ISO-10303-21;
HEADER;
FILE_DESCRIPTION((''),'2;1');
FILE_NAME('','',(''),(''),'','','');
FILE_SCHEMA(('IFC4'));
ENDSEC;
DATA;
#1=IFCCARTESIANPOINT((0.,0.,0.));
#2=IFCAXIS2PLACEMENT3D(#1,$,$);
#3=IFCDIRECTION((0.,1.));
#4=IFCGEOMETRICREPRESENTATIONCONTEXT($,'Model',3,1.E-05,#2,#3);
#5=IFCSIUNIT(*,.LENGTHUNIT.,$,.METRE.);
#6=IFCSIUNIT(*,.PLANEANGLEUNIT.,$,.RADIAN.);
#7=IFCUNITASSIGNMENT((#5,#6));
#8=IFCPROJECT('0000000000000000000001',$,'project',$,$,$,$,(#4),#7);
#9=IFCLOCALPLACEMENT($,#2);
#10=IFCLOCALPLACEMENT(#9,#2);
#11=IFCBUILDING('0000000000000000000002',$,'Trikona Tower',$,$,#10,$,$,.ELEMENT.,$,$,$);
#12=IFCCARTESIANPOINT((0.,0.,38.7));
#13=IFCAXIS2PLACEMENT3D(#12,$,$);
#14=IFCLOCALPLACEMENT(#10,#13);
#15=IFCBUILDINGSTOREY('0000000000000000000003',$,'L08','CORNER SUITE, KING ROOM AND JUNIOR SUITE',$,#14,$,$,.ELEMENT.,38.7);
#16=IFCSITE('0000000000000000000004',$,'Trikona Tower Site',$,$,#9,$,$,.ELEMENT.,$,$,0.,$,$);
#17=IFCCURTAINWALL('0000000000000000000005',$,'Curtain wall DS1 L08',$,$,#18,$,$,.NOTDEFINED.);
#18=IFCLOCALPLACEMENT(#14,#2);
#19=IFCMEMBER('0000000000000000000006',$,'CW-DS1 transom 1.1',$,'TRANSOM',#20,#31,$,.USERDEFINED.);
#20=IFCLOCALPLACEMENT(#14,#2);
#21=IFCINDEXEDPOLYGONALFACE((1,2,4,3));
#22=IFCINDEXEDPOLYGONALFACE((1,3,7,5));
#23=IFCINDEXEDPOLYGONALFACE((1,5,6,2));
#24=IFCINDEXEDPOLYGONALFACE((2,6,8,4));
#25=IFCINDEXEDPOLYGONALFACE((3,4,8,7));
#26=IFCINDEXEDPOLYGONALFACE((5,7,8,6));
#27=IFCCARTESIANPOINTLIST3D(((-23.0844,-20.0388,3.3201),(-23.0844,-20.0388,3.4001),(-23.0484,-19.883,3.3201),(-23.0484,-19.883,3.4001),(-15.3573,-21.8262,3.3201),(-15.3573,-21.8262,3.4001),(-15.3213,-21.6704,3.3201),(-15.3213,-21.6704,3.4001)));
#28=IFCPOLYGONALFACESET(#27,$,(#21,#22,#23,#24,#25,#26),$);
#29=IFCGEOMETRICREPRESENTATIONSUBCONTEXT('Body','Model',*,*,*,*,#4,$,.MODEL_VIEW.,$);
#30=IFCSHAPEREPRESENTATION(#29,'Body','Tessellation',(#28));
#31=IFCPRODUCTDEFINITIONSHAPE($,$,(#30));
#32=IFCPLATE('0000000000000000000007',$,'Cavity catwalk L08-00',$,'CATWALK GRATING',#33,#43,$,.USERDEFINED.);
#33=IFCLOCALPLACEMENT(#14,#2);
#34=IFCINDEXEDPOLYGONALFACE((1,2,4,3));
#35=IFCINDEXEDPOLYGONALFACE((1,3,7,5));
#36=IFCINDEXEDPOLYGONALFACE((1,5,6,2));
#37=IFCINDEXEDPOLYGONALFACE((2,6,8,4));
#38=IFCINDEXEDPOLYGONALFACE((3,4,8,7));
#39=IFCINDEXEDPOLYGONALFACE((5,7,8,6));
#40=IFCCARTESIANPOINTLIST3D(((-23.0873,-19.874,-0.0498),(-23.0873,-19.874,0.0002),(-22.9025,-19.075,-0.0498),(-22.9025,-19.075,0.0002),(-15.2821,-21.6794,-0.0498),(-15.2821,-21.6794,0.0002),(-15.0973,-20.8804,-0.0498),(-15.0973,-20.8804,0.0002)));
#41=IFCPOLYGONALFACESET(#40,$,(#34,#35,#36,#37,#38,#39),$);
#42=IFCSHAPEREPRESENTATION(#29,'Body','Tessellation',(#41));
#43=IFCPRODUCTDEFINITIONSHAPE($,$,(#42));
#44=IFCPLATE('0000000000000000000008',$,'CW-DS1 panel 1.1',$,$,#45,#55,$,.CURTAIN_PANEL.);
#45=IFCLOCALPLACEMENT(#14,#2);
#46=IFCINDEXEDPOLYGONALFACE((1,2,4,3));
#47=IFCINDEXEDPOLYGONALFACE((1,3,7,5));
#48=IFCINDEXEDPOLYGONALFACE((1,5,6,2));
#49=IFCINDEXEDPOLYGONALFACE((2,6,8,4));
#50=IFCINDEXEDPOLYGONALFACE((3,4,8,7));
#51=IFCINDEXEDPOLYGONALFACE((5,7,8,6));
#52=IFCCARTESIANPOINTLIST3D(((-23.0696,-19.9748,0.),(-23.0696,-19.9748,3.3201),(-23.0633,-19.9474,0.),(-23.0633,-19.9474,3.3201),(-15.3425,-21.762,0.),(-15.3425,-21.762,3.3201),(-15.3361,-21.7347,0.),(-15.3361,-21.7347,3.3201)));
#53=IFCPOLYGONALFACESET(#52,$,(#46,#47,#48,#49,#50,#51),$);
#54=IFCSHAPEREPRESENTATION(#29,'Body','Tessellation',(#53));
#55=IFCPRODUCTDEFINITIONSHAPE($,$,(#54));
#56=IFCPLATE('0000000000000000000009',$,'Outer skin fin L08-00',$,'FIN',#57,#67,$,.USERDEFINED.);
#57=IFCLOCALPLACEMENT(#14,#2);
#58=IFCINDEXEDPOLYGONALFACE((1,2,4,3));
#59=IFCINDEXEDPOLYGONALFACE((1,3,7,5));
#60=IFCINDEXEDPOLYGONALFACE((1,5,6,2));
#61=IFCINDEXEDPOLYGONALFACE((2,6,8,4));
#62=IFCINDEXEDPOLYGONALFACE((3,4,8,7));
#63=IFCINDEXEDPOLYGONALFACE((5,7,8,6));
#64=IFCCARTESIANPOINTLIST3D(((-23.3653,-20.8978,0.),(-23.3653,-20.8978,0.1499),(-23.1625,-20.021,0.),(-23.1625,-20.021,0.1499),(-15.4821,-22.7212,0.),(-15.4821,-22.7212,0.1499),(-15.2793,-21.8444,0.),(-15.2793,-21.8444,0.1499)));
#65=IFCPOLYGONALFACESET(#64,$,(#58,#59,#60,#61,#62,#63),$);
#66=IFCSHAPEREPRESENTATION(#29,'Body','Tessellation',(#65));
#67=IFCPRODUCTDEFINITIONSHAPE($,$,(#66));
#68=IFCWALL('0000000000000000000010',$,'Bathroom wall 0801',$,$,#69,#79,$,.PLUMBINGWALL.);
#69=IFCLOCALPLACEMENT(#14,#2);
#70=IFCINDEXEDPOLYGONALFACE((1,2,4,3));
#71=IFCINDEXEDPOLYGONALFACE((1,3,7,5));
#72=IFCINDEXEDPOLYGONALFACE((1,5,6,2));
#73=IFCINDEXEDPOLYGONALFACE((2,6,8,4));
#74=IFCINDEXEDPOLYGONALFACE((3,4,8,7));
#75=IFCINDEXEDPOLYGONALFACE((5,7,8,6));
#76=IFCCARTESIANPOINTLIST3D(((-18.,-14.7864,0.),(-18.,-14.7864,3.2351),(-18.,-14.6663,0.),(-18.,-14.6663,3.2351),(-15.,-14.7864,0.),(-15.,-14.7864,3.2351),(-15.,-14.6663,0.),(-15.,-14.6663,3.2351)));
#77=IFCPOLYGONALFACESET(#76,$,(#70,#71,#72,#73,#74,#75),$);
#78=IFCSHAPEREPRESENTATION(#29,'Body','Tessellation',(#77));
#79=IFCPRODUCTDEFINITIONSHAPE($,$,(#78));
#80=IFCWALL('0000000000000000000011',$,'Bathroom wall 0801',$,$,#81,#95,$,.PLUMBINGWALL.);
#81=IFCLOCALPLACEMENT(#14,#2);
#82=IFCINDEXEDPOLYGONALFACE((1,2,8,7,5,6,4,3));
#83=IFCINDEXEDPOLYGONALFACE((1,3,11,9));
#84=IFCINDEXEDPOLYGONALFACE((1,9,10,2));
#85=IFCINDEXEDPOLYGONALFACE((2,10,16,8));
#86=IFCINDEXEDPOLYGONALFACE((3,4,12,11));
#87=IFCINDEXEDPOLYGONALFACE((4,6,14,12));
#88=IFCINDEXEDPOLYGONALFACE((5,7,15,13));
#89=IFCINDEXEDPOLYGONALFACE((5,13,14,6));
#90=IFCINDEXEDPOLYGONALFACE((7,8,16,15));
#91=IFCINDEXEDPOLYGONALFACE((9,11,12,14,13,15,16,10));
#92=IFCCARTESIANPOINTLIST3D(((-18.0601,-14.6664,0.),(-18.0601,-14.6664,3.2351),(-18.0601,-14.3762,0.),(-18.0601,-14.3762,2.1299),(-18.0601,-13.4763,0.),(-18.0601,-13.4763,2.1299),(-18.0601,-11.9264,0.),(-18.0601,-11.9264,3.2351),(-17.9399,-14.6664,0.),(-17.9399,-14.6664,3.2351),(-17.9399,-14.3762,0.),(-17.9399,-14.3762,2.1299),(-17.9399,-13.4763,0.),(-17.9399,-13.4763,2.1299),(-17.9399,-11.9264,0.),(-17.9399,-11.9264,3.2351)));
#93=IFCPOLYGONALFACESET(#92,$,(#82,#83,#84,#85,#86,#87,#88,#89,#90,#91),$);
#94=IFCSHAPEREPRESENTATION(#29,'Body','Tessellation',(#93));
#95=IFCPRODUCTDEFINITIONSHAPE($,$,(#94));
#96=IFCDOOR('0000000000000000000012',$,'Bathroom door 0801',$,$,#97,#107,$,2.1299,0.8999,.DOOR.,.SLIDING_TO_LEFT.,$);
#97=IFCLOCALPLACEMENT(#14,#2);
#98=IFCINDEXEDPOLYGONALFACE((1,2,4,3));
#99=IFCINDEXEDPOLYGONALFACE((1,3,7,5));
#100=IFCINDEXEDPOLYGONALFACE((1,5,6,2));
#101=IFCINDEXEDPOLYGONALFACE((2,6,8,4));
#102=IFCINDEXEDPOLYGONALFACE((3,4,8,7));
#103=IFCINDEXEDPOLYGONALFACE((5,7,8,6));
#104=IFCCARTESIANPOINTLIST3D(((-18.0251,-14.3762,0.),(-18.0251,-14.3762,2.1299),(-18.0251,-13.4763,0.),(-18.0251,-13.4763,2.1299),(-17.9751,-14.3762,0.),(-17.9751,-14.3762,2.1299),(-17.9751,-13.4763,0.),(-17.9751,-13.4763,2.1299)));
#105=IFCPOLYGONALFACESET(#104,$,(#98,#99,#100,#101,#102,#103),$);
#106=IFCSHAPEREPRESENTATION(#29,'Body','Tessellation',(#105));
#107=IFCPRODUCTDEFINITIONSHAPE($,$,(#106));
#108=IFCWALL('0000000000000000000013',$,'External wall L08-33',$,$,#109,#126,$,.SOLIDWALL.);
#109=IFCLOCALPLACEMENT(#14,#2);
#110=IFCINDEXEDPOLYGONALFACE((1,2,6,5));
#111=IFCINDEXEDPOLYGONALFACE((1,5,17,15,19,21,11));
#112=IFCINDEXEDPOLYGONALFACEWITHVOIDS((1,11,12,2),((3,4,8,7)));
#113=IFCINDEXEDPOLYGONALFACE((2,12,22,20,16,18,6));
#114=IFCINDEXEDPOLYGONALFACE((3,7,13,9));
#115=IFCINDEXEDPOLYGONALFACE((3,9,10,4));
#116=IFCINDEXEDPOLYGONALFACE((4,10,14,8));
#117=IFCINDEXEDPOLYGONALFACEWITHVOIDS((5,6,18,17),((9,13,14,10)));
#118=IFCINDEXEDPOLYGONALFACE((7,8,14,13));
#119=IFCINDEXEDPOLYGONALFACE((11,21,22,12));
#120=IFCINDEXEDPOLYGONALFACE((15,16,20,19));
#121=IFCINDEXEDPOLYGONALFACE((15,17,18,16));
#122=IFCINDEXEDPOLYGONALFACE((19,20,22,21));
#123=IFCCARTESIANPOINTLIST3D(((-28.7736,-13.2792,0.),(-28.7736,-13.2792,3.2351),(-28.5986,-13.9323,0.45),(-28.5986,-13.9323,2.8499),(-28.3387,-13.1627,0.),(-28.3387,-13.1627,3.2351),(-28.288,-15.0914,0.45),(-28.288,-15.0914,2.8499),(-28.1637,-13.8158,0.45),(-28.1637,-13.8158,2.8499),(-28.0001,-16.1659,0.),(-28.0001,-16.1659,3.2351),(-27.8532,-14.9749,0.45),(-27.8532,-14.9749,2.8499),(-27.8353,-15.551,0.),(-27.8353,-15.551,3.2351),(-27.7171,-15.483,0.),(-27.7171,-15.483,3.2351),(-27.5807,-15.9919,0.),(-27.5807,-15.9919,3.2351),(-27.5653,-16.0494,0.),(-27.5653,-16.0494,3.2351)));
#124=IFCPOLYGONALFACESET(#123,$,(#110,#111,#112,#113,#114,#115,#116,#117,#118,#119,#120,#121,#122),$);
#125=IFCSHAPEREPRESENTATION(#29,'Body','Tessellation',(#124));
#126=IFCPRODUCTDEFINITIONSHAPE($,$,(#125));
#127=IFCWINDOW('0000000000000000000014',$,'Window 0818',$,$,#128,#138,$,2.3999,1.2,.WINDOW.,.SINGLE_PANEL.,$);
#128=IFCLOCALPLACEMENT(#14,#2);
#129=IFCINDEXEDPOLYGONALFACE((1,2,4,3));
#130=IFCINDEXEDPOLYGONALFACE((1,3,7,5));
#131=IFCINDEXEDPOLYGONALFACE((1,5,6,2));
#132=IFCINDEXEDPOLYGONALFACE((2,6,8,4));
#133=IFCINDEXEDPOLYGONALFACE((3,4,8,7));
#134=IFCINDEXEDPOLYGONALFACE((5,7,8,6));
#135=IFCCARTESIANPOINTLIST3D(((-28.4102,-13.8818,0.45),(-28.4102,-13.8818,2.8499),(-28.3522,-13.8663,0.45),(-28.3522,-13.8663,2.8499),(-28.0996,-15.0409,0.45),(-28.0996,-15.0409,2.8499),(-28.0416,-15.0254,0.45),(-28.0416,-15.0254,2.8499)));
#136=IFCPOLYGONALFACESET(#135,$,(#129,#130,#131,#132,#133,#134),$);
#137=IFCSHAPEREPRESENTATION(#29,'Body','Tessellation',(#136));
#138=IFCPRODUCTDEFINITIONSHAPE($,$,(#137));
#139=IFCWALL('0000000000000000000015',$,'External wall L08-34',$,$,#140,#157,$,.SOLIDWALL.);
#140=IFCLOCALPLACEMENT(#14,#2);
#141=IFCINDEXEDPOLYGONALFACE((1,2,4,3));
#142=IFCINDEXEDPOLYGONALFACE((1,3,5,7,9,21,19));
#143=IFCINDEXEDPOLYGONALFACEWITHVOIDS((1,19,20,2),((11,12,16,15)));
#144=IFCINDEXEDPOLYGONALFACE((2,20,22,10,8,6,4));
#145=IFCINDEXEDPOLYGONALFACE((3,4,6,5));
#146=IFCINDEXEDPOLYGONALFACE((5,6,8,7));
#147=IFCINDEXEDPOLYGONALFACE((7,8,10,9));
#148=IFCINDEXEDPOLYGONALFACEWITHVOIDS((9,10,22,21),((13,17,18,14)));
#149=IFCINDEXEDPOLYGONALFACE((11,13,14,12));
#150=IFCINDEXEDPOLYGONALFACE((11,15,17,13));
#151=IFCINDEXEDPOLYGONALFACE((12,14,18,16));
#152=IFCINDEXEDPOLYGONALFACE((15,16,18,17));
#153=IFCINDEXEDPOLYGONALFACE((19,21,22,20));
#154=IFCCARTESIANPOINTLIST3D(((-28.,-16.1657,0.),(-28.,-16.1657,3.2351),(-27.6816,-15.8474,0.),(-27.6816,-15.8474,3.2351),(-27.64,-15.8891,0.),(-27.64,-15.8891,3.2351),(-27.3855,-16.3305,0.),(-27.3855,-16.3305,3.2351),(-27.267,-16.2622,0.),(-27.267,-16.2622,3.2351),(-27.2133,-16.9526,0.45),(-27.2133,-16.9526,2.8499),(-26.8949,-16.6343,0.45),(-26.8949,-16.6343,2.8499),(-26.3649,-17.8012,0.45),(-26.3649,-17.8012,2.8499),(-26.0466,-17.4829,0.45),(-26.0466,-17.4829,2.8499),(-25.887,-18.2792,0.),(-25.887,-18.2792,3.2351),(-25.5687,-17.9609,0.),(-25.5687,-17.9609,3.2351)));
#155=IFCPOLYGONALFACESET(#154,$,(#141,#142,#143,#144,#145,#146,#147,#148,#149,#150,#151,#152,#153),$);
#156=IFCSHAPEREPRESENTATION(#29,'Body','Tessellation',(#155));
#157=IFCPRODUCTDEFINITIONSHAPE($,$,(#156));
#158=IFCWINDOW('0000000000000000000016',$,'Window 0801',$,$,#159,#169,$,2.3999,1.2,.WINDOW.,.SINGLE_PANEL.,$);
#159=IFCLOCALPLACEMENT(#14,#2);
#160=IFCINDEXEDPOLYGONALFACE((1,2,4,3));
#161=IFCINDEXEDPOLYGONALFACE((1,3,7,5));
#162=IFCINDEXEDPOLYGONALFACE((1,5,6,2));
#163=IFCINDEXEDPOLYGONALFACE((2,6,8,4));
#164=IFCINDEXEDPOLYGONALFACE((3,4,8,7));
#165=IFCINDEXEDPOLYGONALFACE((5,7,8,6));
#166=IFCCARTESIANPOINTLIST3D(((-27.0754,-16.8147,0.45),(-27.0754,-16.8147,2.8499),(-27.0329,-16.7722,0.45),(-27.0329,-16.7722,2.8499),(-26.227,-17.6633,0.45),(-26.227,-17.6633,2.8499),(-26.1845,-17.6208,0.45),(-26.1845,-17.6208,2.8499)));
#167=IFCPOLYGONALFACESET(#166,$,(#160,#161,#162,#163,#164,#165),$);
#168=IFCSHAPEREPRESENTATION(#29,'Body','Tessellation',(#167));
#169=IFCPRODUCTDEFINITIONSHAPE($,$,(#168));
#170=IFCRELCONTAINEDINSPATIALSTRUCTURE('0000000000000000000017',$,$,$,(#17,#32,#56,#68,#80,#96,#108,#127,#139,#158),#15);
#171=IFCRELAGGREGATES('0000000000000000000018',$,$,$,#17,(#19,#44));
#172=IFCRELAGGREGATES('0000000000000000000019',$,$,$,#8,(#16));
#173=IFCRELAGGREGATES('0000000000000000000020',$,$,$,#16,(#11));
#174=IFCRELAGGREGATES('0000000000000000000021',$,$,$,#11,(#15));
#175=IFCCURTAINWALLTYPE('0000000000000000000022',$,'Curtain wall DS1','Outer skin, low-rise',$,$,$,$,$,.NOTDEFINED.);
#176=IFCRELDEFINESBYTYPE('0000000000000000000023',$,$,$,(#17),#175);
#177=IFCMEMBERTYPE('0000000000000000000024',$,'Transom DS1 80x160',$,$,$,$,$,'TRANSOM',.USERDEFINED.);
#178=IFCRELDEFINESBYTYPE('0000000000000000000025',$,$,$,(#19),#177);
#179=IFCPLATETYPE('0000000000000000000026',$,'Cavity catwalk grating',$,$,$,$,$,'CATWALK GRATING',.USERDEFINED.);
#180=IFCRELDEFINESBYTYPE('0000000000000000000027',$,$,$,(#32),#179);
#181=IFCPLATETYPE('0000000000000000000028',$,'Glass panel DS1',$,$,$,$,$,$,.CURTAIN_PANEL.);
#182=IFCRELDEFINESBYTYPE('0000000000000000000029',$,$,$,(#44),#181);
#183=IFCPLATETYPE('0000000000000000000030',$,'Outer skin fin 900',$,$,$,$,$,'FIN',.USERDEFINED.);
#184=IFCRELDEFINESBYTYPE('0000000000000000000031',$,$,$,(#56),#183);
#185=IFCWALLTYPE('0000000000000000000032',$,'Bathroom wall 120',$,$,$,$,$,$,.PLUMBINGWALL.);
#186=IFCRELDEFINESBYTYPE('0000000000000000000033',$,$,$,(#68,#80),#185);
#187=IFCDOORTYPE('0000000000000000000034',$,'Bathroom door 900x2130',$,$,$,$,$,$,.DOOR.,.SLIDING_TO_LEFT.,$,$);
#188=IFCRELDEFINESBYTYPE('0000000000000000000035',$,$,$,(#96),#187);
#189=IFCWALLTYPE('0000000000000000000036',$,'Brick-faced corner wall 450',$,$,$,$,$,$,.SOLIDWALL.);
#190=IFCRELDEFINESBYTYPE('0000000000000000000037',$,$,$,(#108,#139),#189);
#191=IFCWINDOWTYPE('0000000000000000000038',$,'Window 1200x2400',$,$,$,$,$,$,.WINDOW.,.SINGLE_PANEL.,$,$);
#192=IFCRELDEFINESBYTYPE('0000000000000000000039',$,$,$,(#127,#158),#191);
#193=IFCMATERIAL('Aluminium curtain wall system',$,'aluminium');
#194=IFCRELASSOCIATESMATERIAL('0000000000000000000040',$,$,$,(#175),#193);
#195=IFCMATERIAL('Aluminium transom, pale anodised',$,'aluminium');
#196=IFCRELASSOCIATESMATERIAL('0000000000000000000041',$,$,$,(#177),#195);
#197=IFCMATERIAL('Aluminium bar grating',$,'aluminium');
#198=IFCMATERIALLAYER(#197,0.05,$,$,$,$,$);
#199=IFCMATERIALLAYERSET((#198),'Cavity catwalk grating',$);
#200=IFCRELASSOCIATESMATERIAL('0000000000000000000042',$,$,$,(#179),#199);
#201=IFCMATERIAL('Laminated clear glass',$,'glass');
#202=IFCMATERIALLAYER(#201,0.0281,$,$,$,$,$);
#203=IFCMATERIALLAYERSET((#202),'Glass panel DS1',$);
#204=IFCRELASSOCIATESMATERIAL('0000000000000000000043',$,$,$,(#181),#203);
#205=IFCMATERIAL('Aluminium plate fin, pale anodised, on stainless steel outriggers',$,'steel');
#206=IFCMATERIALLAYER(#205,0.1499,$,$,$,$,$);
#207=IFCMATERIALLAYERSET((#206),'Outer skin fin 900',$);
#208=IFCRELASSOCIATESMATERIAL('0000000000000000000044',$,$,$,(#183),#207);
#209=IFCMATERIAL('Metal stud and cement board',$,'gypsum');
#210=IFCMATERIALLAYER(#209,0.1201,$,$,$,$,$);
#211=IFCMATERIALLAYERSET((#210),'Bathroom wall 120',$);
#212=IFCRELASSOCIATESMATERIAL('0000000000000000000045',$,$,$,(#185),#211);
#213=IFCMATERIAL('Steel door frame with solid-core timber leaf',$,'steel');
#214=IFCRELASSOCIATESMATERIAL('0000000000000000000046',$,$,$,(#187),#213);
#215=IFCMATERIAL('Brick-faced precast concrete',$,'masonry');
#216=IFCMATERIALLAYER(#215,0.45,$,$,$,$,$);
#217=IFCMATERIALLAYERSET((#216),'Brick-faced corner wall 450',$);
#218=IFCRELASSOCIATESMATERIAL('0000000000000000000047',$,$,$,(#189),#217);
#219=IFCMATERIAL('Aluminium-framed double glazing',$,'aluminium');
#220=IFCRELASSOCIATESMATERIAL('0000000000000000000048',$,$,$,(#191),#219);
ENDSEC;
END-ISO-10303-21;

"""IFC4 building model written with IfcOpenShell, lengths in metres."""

from ifc_helpers import new_model, si_unit, direction, frame, frame_2d, origin, origin_2d, place, context, subcontext, project, spatial, polyline, rectangle, outline, extrude, material, layer, layer_set, material_profile, profile_set, type_object, element, fill, aggregate, save


model = new_model("IFC4")

# Units and contexts
model_context = context("Model", 3, precision=1e-05, world=origin(), true_north=direction((0.0, 1.0)))
body_context = subcontext(model_context, "Body", "Model", "MODEL_VIEW")
ifc_project = project(units=[si_unit("LENGTHUNIT", "METRE"), si_unit("PLANEANGLEUNIT", "RADIAN")], contexts=[model_context])

# Site, building, storey
site_placement = place(None, origin())
site = spatial("IfcSite", under=ifc_project, at=site_placement, Name="Trikona Tower Site", CompositionType="ELEMENT", RefElevation=0.0)
building_placement = place(site_placement, origin())
building = spatial("IfcBuilding", under=site, at=building_placement, Name="Trikona Tower", CompositionType="ELEMENT")
storey_placement = place(building_placement, frame((0.0, 0.0, 38.7)))
storey = spatial("IfcBuildingStorey", under=building, at=storey_placement, Name="L08", Description="CORNER SUITE, KING ROOM AND JUNIOR SUITE", CompositionType="ELEMENT", Elevation=38.7)

# Curtain wall
ifc_material_1 = material(Name="Aluminium curtain wall system", Category="aluminium")
curtain_wall_type = type_object("IfcCurtainWallType", Name="Curtain wall DS1", Description="Outer skin, low-rise", PredefinedType="NOTDEFINED", material=ifc_material_1)
curtain_wall_1_placement = place(storey_placement, origin())
curtain_wall_1 = element("IfcCurtainWall", 1, at=curtain_wall_1_placement, inside=storey, type_object=curtain_wall_type, Name="Curtain wall DS1 L08", PredefinedType="NOTDEFINED")

# Member
ifc_material_2 = material(Name="Aluminium transom, pale anodised", Category="aluminium")
ifc_material_profile_1 = material_profile(ifc_material_2, rectangle(XDim=0.1599, YDim=0.0801, at=origin_2d()), Name="TRN-DS1")
ifc_profile_set_1 = profile_set([ifc_material_profile_1], Name="Aluminium transom, pale anodised")
member_type_1 = type_object("IfcMemberType", Name="Transom DS1 80x160", ElementType="TRANSOM", PredefinedType="USERDEFINED", material=ifc_profile_set_1)
member_1_placement = place(storey_placement, frame((-23.0664, -19.9609, 3.3601), z_axis=(0.974275, -0.225361, 0.0), x_axis=(0.225361, 0.974275, 0.0)))
member_1 = element("IfcMember", 2, at=member_1_placement, type_object=member_type_1, Name="CW-DS1 transom 1.1", ObjectType="TRANSOM", PredefinedType="USERDEFINED", context=body_context, shape_type="SweptSolid", body=[
    extrude(rectangle(XDim=0.1599, YDim=0.0801, at=origin_2d()), origin(), (0.0, 0.0, 1.0), 7.9312),
])

# Plates
ifc_material_3 = material(Name="Aluminium bar grating", Category="aluminium")
ifc_layer_1 = layer(ifc_material_3, 0.05)
ifc_layer_set_1 = layer_set([ifc_layer_1], Name="Cavity catwalk grating")
plate_type_1 = type_object("IfcPlateType", Name="Cavity catwalk grating", ElementType="CATWALK GRATING", PredefinedType="USERDEFINED", material=ifc_layer_set_1)
plate_1_placement = place(storey_placement, frame((-19.0923, -20.3772, -0.0498), z_axis=(0.0, 0.0, 1.0), x_axis=(0.974278, -0.225351, 0.0)))
element("IfcPlate", 3, at=plate_1_placement, inside=storey, type_object=plate_type_1, Name="Cavity catwalk L08-00", ObjectType="CATWALK GRATING", PredefinedType="USERDEFINED", context=body_context, shape_type="SweptSolid", body=[
    extrude(rectangle(XDim=8.0112, YDim=0.8201, at=origin_2d()), origin(), (0.0, 0.0, 1.0), 0.05),
])
ifc_material_4 = material(Name="Laminated clear glass", Category="glass")
ifc_layer_2 = layer(ifc_material_4, 0.0281)
ifc_layer_set_2 = layer_set([ifc_layer_2], Name="Glass panel DS1")
plate_type_2 = type_object("IfcPlateType", Name="Glass panel DS1", PredefinedType="CURTAIN_PANEL", material=ifc_layer_set_2)
plate_2_placement = place(storey_placement, frame((-19.2029, -20.8547, 0.0), z_axis=(0.0, 0.0, 1.0), x_axis=(0.974279, -0.225343, 0.0)))
plate_2 = element("IfcPlate", 4, at=plate_2_placement, type_object=plate_type_2, Name="CW-DS1 panel 1.1", PredefinedType="CURTAIN_PANEL", context=body_context, shape_type="SweptSolid", body=[
    extrude(rectangle(XDim=7.9312, YDim=0.0281, at=origin_2d()), origin(), (0.0, 0.0, 1.0), 3.3201),
])
aggregate(curtain_wall_1, [member_1, plate_2])
ifc_material_5 = material(Name="Aluminium plate fin, pale anodised, on stainless steel outriggers", Category="steel")
ifc_layer_3 = layer(ifc_material_5, 0.1499)
ifc_layer_set_3 = layer_set([ifc_layer_3], Name="Outer skin fin 900")
plate_type_3 = type_object("IfcPlateType", Name="Outer skin fin 900", ElementType="FIN", PredefinedType="USERDEFINED", material=ifc_layer_set_3)
plate_3_placement = place(storey_placement, frame((-19.3223, -21.3711, 0.0), z_axis=(0.0, 0.0, 1.0), x_axis=(0.974278, -0.225351, 0.0)))
element("IfcPlate", 5, at=plate_3_placement, inside=storey, type_object=plate_type_3, Name="Outer skin fin L08-00", ObjectType="FIN", PredefinedType="USERDEFINED", context=body_context, shape_type="SweptSolid", body=[
    extrude(rectangle(XDim=8.0913, YDim=0.8999, at=origin_2d()), origin(), (0.0, 0.0, 1.0), 0.1499),
])

# Wall
ifc_material_6 = material(Name="Metal stud and cement board", Category="gypsum")
ifc_layer_4 = layer(ifc_material_6, 0.1201)
ifc_layer_set_4 = layer_set([ifc_layer_4], Name="Bathroom wall 120")
wall_type_1 = type_object("IfcWallType", Name="Bathroom wall 120", PredefinedType="PLUMBINGWALL", material=ifc_layer_set_4)
wall_1_placement = place(storey_placement, frame((-18.0, -14.7263, 0.0), z_axis=(0.0, 0.0, 1.0), x_axis=(1.0, 0.0, 0.0)))
element("IfcWall", 6, at=wall_1_placement, inside=storey, type_object=wall_type_1, Name="Bathroom wall 0801", PredefinedType="PLUMBINGWALL", context=body_context, shape_type="SweptSolid", body=[
    extrude(rectangle(XDim=3.0, YDim=0.1201, at=frame_2d((1.5, 0.0))), origin(), (0.0, 0.0, 1.0), 3.2351),
])

# Wall, opening, door
wall_2_placement = place(storey_placement, frame((-18.0, -11.9263, 0.0), z_axis=(0.0, 0.0, 1.0), x_axis=(0.0, -1.0, 0.0)))
wall_2 = element("IfcWall", 7, at=wall_2_placement, inside=storey, type_object=wall_type_1, Name="Bathroom wall 0801", PredefinedType="PLUMBINGWALL", context=body_context, shape_type="SweptSolid", body=[
    extrude(rectangle(XDim=2.74, YDim=0.1201, at=frame_2d((1.3701, 0.0))), origin(), (0.0, 0.0, 1.0), 3.2351),
])
opening_1_placement = place(wall_2_placement, frame((1.55, 0.0, 0.0)))
opening_1 = element("IfcOpeningElement", 8, at=opening_1_placement, cuts=wall_2, PredefinedType="OPENING", context=body_context, shape_type="SweptSolid", body=[
    extrude(rectangle(XDim=0.8999, YDim=2.1299, at=frame_2d((0.45, 1.0649))), frame((0.0, 0.0701, 0.0), z_axis=(0.0, -1.0, 0.0), x_axis=(1.0, 0.0, 0.0)), (0.0, 0.0, 1.0), 0.1401),
])
ifc_material_7 = material(Name="Steel door frame with solid-core timber leaf", Category="steel")
door_type = type_object("IfcDoorType", Name="Bathroom door 900x2130", OperationType="SLIDING_TO_LEFT", PredefinedType="DOOR", material=ifc_material_7)
door_placement = place(opening_1_placement, origin())
door = element("IfcDoor", 9, at=door_placement, inside=storey, type_object=door_type, Name="Bathroom door 0801", OperationType="SLIDING_TO_LEFT", OverallHeight=2.1299, OverallWidth=0.8999, PredefinedType="DOOR", context=body_context, shape_type="SweptSolid", body=[
    extrude(rectangle(XDim=0.8999, YDim=2.1299, at=frame_2d((0.45, 1.0649))), frame((0.0, 0.0249, 0.0), z_axis=(0.0, -1.0, 0.0), x_axis=(1.0, 0.0, 0.0)), (0.0, 0.0, 1.0), 0.05),
])
fill(opening_1, door)

# Walls, openings, windows
ifc_material_8 = material(Name="Brick-faced precast concrete", Category="masonry")
ifc_layer_5 = layer(ifc_material_8, 0.45)
ifc_layer_set_5 = layer_set([ifc_layer_5], Name="Brick-faced corner wall 450")
wall_type_2 = type_object("IfcWallType", Name="Brick-faced corner wall 450", PredefinedType="SOLIDWALL", material=ifc_layer_set_5)
wall_3_placement = place(storey_placement, frame((-28.5562, -13.2209, 0.0), z_axis=(0.0, 0.0, 1.0), x_axis=(0.258801, -0.965931, 0.0)))
wall_3 = element("IfcWall", 10, at=wall_3_placement, inside=storey, type_object=wall_type_2, Name="External wall L08-33", PredefinedType="SOLIDWALL", context=body_context, shape_type="SweptSolid", body=[
    extrude(outline(polyline([(2.9885, 0.2251), (2.929, 0.2251), (2.4373, 0.0933), (2.4021, 0.2251), (0.0, 0.2251), (0.0, -0.2251), (2.9885, -0.2251), (2.9885, 0.2251)])), origin(), (0.0, 0.0, 1.0), 3.2351),
])
opening_2_placement = place(wall_3_placement, frame((0.676, 0.0, 0.45)))
opening_2 = element("IfcOpeningElement", 11, at=opening_2_placement, cuts=wall_3, PredefinedType="OPENING", context=body_context, shape_type="SweptSolid", body=[
    extrude(rectangle(XDim=1.2, YDim=2.3999, at=frame_2d((0.6001, 1.2))), frame((0.0, 0.2349, 0.0), z_axis=(0.0, -1.0, 0.0), x_axis=(1.0, 0.0, 0.0)), (0.0, 0.0, 1.0), 0.47),
])
ifc_material_9 = material(Name="Aluminium-framed double glazing", Category="aluminium")
window_type_1 = type_object("IfcWindowType", Name="Window 1200x2400", PartitioningType="SINGLE_PANEL", PredefinedType="WINDOW", material=ifc_material_9)
window_1_placement = place(opening_2_placement, origin())
window_1 = element("IfcWindow", 12, at=window_1_placement, inside=storey, type_object=window_type_1, Name="Window 0818", OverallHeight=2.3999, OverallWidth=1.2, PartitioningType="SINGLE_PANEL", PredefinedType="WINDOW", context=body_context, shape_type="SweptSolid", body=[
    extrude(rectangle(XDim=1.2, YDim=2.3999, at=frame_2d((0.6001, 1.2))), frame((0.0, 0.03, 0.0), z_axis=(0.0, -1.0, 0.0), x_axis=(1.0, 0.0, 0.0)), (0.0, 0.0, 1.0), 0.0601),
])
fill(opening_2, window_1)
wall_4_placement = place(storey_placement, frame((-27.8408, -16.0066, 0.0), z_axis=(0.0, 0.0, 1.0), x_axis=(0.707025, -0.707188, 0.0)))
wall_4 = element("IfcWall", 13, at=wall_4_placement, inside=storey, type_object=wall_type_2, Name="External wall L08-34", PredefinedType="SOLIDWALL", context=body_context, shape_type="SweptSolid", body=[
    extrude(outline(polyline([(2.9885, 0.2251), (0.5864, 0.2251), (0.551, 0.093), (0.0588, 0.2251), (0.0, 0.2251), (0.0, -0.2251), (2.9885, -0.2251), (2.9885, 0.2251)])), origin(), (0.0, 0.0, 1.0), 3.2351),
])
opening_3_placement = place(wall_4_placement, frame((1.1125, 0.0, 0.45)))
opening_3 = element("IfcOpeningElement", 14, at=opening_3_placement, cuts=wall_4, PredefinedType="OPENING", context=body_context, shape_type="SweptSolid", body=[
    extrude(rectangle(XDim=1.2, YDim=2.3999, at=frame_2d((0.6001, 1.2))), frame((0.0, 0.2349, 0.0), z_axis=(0.0, -1.0, 0.0), x_axis=(1.0, 0.0, 0.0)), (0.0, 0.0, 1.0), 0.47),
])
window_2_placement = place(opening_3_placement, origin())
window_2 = element("IfcWindow", 15, at=window_2_placement, inside=storey, type_object=window_type_1, Name="Window 0801", OverallHeight=2.3999, OverallWidth=1.2, PartitioningType="SINGLE_PANEL", PredefinedType="WINDOW", context=body_context, shape_type="SweptSolid", body=[
    extrude(rectangle(XDim=1.2, YDim=2.3999, at=frame_2d((0.6001, 1.2))), frame((0.0, 0.03, 0.0), z_axis=(0.0, -1.0, 0.0), x_axis=(1.0, 0.0, 0.0)), (0.0, 0.0, 1.0), 0.0601),
])
fill(opening_3, window_2)

save(model, "model.ifc")
